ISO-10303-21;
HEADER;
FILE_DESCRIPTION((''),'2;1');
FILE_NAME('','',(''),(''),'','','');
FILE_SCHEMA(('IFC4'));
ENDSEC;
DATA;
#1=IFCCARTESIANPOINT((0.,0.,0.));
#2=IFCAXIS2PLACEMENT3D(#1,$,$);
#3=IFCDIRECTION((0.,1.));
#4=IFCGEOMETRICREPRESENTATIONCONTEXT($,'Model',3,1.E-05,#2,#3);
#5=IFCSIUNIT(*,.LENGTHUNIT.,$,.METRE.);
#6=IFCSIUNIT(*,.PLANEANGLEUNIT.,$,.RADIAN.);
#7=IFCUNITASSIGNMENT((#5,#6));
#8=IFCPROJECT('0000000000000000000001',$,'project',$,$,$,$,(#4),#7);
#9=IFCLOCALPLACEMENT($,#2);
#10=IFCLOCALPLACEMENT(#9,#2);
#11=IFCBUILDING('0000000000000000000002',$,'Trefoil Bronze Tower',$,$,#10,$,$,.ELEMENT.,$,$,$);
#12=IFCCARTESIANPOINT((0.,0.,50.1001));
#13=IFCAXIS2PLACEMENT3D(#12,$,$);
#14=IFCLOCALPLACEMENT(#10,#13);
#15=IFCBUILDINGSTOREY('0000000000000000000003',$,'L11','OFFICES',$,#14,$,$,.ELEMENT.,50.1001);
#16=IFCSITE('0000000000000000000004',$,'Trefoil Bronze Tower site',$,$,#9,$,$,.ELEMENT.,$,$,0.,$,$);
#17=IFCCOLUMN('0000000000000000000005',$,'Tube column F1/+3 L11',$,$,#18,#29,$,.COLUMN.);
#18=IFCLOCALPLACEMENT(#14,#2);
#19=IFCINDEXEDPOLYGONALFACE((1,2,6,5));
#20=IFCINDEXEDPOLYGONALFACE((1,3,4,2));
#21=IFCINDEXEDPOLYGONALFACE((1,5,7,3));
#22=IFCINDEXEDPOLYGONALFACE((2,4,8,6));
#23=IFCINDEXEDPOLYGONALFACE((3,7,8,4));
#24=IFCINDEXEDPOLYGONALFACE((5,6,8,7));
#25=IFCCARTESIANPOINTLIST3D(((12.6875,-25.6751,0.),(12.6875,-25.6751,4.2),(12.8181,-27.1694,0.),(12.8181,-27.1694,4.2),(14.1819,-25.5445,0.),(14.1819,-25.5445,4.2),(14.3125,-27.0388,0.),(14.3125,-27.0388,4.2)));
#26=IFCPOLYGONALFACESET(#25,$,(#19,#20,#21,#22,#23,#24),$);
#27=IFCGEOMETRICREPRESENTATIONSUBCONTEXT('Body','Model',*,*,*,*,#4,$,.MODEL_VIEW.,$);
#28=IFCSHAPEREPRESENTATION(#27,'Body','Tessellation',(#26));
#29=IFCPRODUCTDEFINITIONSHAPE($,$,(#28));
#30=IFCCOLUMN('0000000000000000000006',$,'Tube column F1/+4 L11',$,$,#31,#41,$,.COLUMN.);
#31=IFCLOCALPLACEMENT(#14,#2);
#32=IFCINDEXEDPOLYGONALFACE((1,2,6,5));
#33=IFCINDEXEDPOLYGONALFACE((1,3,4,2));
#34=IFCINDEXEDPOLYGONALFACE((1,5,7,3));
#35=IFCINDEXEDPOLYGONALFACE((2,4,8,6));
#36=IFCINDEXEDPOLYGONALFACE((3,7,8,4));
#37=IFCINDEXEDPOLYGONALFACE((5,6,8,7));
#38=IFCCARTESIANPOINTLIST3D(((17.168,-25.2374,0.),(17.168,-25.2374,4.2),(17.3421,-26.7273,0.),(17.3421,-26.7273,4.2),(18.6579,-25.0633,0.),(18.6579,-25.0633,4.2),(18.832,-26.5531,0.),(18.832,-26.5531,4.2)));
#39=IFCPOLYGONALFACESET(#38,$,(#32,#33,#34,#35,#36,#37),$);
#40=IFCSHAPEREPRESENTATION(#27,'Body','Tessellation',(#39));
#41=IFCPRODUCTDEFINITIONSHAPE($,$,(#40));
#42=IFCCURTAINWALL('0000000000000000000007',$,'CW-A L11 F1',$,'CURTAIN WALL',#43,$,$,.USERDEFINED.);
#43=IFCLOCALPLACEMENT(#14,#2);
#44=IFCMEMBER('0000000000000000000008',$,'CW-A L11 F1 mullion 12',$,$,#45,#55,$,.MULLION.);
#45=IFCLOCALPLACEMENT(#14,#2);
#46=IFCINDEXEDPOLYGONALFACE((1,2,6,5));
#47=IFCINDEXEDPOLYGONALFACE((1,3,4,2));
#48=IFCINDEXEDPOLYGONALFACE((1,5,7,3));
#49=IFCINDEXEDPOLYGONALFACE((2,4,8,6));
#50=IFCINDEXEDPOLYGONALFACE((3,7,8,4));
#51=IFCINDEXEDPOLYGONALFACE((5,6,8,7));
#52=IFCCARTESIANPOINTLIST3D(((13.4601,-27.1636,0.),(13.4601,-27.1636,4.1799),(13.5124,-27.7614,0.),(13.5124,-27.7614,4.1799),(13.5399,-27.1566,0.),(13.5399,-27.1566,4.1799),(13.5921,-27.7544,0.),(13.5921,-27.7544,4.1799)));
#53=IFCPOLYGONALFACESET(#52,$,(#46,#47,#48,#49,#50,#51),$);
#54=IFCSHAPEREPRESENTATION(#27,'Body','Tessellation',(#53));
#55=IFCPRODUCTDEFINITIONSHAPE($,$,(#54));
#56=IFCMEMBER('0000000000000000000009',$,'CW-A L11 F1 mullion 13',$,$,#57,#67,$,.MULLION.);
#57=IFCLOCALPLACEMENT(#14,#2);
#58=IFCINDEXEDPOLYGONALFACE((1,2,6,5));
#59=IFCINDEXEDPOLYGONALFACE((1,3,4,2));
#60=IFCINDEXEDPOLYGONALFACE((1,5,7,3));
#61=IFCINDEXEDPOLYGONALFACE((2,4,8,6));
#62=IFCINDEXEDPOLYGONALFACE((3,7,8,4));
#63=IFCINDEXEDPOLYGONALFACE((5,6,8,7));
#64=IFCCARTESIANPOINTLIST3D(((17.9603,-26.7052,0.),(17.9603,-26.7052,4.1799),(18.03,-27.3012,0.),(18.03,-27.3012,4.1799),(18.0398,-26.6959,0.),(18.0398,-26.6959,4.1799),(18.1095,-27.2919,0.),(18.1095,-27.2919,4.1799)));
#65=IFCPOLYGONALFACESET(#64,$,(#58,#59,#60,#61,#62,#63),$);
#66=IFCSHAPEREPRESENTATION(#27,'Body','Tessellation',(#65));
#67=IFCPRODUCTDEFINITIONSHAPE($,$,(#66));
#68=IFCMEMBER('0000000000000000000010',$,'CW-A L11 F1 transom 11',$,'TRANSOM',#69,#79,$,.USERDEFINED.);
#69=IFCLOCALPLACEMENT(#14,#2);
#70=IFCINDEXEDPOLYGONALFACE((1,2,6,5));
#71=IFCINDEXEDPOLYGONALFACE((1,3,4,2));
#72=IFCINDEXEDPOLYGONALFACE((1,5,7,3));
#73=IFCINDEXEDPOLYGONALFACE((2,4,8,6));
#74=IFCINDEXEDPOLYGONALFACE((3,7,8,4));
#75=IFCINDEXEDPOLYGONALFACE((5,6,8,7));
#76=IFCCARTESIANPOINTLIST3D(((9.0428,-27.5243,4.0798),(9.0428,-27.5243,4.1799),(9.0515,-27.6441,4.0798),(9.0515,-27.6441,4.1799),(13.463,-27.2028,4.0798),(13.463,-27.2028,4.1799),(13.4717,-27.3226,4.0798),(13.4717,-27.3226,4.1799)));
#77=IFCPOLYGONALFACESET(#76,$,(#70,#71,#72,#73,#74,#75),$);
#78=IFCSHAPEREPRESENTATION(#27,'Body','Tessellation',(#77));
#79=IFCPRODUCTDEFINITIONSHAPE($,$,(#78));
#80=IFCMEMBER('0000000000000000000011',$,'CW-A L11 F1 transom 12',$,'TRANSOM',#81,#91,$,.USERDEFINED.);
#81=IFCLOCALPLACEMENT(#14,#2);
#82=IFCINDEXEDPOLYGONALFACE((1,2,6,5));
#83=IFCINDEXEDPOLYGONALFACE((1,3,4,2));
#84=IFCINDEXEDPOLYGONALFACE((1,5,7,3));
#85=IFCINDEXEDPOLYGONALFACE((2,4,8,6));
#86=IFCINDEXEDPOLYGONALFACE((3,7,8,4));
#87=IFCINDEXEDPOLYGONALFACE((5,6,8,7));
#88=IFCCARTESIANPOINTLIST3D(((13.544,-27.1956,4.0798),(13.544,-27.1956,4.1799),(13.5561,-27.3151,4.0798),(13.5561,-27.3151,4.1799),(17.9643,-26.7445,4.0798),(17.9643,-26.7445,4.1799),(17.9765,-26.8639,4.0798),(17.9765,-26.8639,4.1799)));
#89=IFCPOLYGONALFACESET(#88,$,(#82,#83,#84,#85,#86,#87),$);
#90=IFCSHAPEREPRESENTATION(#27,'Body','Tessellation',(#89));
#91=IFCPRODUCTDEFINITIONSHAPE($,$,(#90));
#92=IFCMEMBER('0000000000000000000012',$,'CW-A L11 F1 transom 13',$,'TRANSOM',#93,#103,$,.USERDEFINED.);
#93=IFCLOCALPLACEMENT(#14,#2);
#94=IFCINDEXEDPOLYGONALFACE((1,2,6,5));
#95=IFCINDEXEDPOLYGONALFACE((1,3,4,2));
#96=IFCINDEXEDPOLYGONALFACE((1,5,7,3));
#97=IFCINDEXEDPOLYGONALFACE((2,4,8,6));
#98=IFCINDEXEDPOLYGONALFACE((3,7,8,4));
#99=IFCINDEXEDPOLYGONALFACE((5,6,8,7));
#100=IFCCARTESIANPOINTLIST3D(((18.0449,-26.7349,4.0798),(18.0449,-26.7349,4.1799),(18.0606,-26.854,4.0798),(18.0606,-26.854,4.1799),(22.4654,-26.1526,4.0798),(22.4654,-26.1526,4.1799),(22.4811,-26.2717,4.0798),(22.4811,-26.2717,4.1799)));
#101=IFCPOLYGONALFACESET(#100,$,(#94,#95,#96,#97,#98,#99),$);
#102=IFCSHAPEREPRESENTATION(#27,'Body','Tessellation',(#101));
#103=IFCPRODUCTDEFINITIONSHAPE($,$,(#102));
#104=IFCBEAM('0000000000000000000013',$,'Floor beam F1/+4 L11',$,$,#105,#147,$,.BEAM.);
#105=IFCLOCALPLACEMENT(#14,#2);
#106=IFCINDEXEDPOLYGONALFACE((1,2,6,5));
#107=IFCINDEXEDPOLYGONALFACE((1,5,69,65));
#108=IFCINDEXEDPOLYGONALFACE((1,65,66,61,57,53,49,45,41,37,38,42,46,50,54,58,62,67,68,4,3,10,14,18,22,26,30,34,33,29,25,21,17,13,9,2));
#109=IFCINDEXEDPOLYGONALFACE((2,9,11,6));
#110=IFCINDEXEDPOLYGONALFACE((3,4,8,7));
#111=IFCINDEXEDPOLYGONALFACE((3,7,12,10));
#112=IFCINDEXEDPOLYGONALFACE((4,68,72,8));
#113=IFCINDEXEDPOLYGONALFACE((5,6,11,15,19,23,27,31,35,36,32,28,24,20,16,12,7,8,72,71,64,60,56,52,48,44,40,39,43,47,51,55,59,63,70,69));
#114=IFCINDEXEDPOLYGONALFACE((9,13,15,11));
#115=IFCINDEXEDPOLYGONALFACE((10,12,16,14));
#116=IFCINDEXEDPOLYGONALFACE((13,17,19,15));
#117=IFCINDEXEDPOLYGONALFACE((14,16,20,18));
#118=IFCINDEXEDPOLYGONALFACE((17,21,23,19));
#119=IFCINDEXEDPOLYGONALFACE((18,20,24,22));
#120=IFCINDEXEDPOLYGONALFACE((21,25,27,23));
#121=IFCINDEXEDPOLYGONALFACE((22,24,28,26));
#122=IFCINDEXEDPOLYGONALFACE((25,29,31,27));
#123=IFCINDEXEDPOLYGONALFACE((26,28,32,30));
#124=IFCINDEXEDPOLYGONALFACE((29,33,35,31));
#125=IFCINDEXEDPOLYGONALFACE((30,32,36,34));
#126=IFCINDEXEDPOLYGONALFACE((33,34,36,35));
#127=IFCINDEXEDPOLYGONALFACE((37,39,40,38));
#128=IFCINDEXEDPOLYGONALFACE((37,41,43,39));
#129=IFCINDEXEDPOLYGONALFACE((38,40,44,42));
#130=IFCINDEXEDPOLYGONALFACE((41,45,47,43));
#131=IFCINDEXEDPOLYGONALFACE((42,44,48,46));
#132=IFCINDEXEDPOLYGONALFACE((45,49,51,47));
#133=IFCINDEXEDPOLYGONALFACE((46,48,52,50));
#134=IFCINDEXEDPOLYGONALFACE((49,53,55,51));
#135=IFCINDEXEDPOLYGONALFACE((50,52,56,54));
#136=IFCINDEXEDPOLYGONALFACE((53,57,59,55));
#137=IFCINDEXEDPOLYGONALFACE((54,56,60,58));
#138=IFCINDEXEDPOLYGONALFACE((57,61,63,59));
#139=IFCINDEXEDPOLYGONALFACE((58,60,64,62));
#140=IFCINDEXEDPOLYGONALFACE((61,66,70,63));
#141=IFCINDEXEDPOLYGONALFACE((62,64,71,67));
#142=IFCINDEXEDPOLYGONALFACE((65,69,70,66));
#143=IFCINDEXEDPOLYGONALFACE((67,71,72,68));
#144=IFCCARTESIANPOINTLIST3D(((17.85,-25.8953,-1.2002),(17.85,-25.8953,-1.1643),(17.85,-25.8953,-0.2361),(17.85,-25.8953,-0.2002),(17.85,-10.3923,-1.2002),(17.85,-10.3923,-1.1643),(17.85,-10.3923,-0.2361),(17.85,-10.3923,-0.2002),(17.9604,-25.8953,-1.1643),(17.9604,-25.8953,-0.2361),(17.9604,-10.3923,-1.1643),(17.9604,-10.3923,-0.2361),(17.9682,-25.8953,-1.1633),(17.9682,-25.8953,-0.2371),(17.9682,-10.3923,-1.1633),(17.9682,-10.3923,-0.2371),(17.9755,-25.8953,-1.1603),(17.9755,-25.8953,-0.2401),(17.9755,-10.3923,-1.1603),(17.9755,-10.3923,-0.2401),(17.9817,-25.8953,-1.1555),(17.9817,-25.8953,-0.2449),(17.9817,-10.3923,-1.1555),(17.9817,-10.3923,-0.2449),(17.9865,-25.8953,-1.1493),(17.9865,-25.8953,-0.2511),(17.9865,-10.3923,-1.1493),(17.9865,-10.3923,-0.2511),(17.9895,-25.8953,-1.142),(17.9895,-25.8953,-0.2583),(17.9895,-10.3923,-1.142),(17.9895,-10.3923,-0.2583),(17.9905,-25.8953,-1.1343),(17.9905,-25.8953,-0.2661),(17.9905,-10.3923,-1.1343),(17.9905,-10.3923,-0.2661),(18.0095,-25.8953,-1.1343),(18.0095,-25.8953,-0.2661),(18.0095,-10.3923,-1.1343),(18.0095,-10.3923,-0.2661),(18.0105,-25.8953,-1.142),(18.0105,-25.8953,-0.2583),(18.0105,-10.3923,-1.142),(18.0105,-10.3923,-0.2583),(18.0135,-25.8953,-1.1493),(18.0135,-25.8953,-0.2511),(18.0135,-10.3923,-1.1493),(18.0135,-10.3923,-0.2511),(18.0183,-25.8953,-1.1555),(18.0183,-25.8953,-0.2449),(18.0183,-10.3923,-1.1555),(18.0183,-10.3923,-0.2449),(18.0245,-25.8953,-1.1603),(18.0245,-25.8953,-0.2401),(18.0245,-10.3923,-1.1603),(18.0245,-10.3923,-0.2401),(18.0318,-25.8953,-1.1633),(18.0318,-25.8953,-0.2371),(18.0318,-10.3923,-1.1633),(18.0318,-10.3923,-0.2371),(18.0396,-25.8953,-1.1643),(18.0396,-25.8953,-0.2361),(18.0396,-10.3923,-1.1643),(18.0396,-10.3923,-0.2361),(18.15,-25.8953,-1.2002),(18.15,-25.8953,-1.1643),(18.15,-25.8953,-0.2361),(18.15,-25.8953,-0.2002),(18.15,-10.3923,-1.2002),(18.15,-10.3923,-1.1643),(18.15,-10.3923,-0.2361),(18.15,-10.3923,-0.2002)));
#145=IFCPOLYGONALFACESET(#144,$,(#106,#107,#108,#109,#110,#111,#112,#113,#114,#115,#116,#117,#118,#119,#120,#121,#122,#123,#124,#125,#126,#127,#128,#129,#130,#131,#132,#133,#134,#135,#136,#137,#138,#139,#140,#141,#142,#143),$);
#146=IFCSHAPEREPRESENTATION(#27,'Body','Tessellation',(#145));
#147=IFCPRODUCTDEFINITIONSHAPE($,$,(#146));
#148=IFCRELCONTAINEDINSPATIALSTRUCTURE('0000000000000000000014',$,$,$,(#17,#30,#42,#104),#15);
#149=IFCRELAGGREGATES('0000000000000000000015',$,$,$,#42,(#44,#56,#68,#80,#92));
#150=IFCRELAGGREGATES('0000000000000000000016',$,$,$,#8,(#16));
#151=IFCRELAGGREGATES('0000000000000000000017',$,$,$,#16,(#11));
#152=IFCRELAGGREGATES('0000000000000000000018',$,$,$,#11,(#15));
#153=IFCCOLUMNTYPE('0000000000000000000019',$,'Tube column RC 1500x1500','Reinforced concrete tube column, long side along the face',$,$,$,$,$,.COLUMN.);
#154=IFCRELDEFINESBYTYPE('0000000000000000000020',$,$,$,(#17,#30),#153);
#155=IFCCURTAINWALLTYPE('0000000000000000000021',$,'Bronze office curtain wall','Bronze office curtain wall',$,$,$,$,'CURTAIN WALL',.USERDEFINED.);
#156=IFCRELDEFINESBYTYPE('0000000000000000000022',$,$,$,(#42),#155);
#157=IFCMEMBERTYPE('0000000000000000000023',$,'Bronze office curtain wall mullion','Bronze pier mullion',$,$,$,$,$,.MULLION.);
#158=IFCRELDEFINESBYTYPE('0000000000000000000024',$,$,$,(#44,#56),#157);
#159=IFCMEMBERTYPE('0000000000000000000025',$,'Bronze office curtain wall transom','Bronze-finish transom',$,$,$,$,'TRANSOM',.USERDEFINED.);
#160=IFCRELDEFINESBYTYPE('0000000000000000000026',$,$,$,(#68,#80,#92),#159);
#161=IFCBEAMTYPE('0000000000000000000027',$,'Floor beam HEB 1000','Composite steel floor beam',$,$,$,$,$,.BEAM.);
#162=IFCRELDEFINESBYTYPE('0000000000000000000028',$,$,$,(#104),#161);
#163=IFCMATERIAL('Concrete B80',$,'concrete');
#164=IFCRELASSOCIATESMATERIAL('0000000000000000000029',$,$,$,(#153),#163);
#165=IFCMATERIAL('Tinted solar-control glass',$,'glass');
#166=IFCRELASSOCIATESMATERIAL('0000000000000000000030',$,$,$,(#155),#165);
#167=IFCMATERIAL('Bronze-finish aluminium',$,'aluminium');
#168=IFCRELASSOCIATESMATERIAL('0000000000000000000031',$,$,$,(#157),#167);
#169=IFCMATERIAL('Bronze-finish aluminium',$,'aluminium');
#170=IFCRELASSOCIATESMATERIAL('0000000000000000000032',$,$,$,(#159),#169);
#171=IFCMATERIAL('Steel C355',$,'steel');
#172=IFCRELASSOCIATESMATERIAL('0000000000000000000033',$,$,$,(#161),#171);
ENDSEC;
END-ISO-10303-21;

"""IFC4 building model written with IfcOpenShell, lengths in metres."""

from ifc_helpers import new_model, si_unit, direction, frame, origin, origin_2d, place, context, subcontext, project, spatial, rectangle, i_section, extrude, material, material_profile, profile_set, type_object, element, aggregate, save


model = new_model("IFC4")

# Units and contexts
model_context = context("Model", 3, precision=1e-05, world=origin(), true_north=direction((0.0, 1.0)))
body_context = subcontext(model_context, "Body", "Model", "MODEL_VIEW")
ifc_project = project(units=[si_unit("LENGTHUNIT", "METRE"), si_unit("PLANEANGLEUNIT", "RADIAN")], contexts=[model_context])

# Site, building, storey
site_placement = place(None, origin())
site = spatial("IfcSite", under=ifc_project, at=site_placement, Name="Trefoil Bronze Tower site", CompositionType="ELEMENT", RefElevation=0.0)
building_placement = place(site_placement, origin())
building = spatial("IfcBuilding", under=site, at=building_placement, Name="Trefoil Bronze Tower", CompositionType="ELEMENT")
storey_placement = place(building_placement, frame((0.0, 0.0, 50.1001)))
storey = spatial("IfcBuildingStorey", under=building, at=storey_placement, Name="L11", Description="OFFICES", CompositionType="ELEMENT", Elevation=50.1001)

# Columns
ifc_material_1 = material(Name="Concrete B80", Category="concrete")
ifc_material_profile_1 = material_profile(ifc_material_1, rectangle(XDim=1.5, YDim=1.5, at=origin_2d()), Name="RC 1500x1500")
ifc_profile_set_1 = profile_set([ifc_material_profile_1], Name="Concrete B80")
column_type = type_object("IfcColumnType", Name="Tube column RC 1500x1500", Description="Reinforced concrete tube column, long side along the face", PredefinedType="COLUMN", material=ifc_profile_set_1)
for number, where, z_axis, x_axis, name in (
    (1, (13.5, -26.3569, 0.0), (0.0, 0.0, 1.0), (0.996203, 0.087065, 0.0), "Tube column F1/+3 L11"),
    (2, (18.0, -25.8953, 0.0), (0.0, 0.0, 1.0), (0.993239, 0.116087, 0.0), "Tube column F1/+4 L11"),
):
    element("IfcColumn", number, at=place(storey_placement, frame(where, z_axis=z_axis, x_axis=x_axis)), inside=storey, type_object=column_type, Name=name, PredefinedType="COLUMN", context=body_context, shape_type="SweptSolid", body=[
        extrude(rectangle(XDim=1.5, YDim=1.5, at=origin_2d()), origin(), (0.0, 0.0, 1.0), 4.2),
    ])

# Curtain wall, members
ifc_material_2 = material(Name="Tinted solar-control glass", Category="glass")
curtain_wall_type = type_object("IfcCurtainWallType", Name="Bronze office curtain wall", Description="Bronze office curtain wall", ElementType="CURTAIN WALL", PredefinedType="USERDEFINED", material=ifc_material_2)
curtain_wall_placement = place(storey_placement, origin())
curtain_wall = element("IfcCurtainWall", 3, at=curtain_wall_placement, inside=storey, type_object=curtain_wall_type, Name="CW-A L11 F1", ObjectType="CURTAIN WALL", PredefinedType="USERDEFINED")
ifc_material_3 = material(Name="Bronze-finish aluminium", Category="aluminium")
ifc_material_profile_2 = material_profile(ifc_material_3, rectangle(XDim=0.6001, YDim=0.0801, at=origin_2d()), Name="CW-A mullion")
ifc_profile_set_2 = profile_set([ifc_material_profile_2], Name="Bronze-finish aluminium")
member_type_1 = type_object("IfcMemberType", Name="Bronze office curtain wall mullion", Description="Bronze pier mullion", PredefinedType="MULLION", material=ifc_profile_set_2)
member_1_placement = place(storey_placement, frame((13.5261, -27.459, 0.0), z_axis=(0.0, 0.0, 1.0), x_axis=(-0.087065, 0.996203, 0.0)))
member_1 = element("IfcMember", 4, at=member_1_placement, type_object=member_type_1, Name="CW-A L11 F1 mullion 12", PredefinedType="MULLION", context=body_context, shape_type="SweptSolid", body=[
    extrude(rectangle(XDim=0.6001, YDim=0.0801, at=origin_2d()), origin(), (0.0, 0.0, 1.0), 4.1799),
])
member_2_placement = place(storey_placement, frame((18.0349, -26.9985, 0.0), z_axis=(0.0, 0.0, 1.0), x_axis=(-0.116087, 0.993239, 0.0)))
member_2 = element("IfcMember", 5, at=member_2_placement, type_object=member_type_1, Name="CW-A L11 F1 mullion 13", PredefinedType="MULLION", context=body_context, shape_type="SweptSolid", body=[
    extrude(rectangle(XDim=0.6001, YDim=0.0801, at=origin_2d()), origin(), (0.0, 0.0, 1.0), 4.1799),
])
ifc_material_4 = material(Name="Bronze-finish aluminium", Category="aluminium")
ifc_material_profile_3 = material_profile(ifc_material_4, rectangle(XDim=0.1201, YDim=0.1001, at=origin_2d()), Name="CW-A transom")
ifc_profile_set_3 = profile_set([ifc_material_profile_3], Name="Bronze-finish aluminium")
member_type_2 = type_object("IfcMemberType", Name="Bronze office curtain wall transom", Description="Bronze-finish transom", ElementType="TRANSOM", PredefinedType="USERDEFINED", material=ifc_profile_set_3)
member_3_placement = place(storey_placement, frame((9.0471, -27.5842, 4.1299), z_axis=(0.997365, 0.072551, 0.0), x_axis=(-0.072551, 0.997365, 0.0)))
member_3 = element("IfcMember", 6, at=member_3_placement, type_object=member_type_2, Name="CW-A L11 F1 transom 11", ObjectType="TRANSOM", PredefinedType="USERDEFINED", context=body_context, shape_type="SweptSolid", body=[
    extrude(rectangle(XDim=0.1201, YDim=0.1001, at=origin_2d()), origin(), (0.0, 0.0, 1.0), 4.4319),
])
member_4_placement = place(storey_placement, frame((13.55, -27.2554, 4.1299), z_axis=(0.994832, 0.101538, 0.0), x_axis=(-0.101538, 0.994832, 0.0)))
member_4 = element("IfcMember", 7, at=member_4_placement, type_object=member_type_2, Name="CW-A L11 F1 transom 12", ObjectType="TRANSOM", PredefinedType="USERDEFINED", context=body_context, shape_type="SweptSolid", body=[
    extrude(rectangle(XDim=0.1201, YDim=0.1001, at=origin_2d()), origin(), (0.0, 0.0, 1.0), 4.4434),
])
member_5_placement = place(storey_placement, frame((18.0527, -26.7944, 4.1299), z_axis=(0.991437, 0.130589, 0.0), x_axis=(-0.130589, 0.991437, 0.0)))
member_5 = element("IfcMember", 8, at=member_5_placement, type_object=member_type_2, Name="CW-A L11 F1 transom 13", ObjectType="TRANSOM", PredefinedType="USERDEFINED", context=body_context, shape_type="SweptSolid", body=[
    extrude(rectangle(XDim=0.1201, YDim=0.1001, at=origin_2d()), origin(), (0.0, 0.0, 1.0), 4.4587),
])

# Beam
ifc_material_5 = material(Name="Steel C355", Category="steel")
ifc_material_profile_4 = material_profile(ifc_material_5, i_section(OverallWidth=0.3, OverallDepth=1.0, WebThickness=0.019, FlangeThickness=0.0359, FilletRadius=0.03, at=origin_2d()), Name="HEB 1000")
ifc_profile_set_4 = profile_set([ifc_material_profile_4], Name="Steel C355")
beam_type_1 = type_object("IfcBeamType", Name="Floor beam HEB 1000", Description="Composite steel floor beam", PredefinedType="BEAM", material=ifc_profile_set_4)
beam_1_placement = place(storey_placement, frame((18.0, -25.8953, -0.7002), z_axis=(0.0, 1.0, 0.0), x_axis=(-1.0, 0.0, 0.0)))
element("IfcBeam", 9, at=beam_1_placement, inside=storey, type_object=beam_type_1, Name="Floor beam F1/+4 L11", PredefinedType="BEAM", context=body_context, shape_type="SweptSolid", body=[
    extrude(i_section(OverallWidth=0.3, OverallDepth=1.0, WebThickness=0.019, FlangeThickness=0.0359, FilletRadius=0.03, at=origin_2d()), origin(), (0.0, 0.0, 1.0), 15.5029),
])

aggregate(curtain_wall, [member_1, member_2, member_3, member_4, member_5])

save(model, "model.ifc")
